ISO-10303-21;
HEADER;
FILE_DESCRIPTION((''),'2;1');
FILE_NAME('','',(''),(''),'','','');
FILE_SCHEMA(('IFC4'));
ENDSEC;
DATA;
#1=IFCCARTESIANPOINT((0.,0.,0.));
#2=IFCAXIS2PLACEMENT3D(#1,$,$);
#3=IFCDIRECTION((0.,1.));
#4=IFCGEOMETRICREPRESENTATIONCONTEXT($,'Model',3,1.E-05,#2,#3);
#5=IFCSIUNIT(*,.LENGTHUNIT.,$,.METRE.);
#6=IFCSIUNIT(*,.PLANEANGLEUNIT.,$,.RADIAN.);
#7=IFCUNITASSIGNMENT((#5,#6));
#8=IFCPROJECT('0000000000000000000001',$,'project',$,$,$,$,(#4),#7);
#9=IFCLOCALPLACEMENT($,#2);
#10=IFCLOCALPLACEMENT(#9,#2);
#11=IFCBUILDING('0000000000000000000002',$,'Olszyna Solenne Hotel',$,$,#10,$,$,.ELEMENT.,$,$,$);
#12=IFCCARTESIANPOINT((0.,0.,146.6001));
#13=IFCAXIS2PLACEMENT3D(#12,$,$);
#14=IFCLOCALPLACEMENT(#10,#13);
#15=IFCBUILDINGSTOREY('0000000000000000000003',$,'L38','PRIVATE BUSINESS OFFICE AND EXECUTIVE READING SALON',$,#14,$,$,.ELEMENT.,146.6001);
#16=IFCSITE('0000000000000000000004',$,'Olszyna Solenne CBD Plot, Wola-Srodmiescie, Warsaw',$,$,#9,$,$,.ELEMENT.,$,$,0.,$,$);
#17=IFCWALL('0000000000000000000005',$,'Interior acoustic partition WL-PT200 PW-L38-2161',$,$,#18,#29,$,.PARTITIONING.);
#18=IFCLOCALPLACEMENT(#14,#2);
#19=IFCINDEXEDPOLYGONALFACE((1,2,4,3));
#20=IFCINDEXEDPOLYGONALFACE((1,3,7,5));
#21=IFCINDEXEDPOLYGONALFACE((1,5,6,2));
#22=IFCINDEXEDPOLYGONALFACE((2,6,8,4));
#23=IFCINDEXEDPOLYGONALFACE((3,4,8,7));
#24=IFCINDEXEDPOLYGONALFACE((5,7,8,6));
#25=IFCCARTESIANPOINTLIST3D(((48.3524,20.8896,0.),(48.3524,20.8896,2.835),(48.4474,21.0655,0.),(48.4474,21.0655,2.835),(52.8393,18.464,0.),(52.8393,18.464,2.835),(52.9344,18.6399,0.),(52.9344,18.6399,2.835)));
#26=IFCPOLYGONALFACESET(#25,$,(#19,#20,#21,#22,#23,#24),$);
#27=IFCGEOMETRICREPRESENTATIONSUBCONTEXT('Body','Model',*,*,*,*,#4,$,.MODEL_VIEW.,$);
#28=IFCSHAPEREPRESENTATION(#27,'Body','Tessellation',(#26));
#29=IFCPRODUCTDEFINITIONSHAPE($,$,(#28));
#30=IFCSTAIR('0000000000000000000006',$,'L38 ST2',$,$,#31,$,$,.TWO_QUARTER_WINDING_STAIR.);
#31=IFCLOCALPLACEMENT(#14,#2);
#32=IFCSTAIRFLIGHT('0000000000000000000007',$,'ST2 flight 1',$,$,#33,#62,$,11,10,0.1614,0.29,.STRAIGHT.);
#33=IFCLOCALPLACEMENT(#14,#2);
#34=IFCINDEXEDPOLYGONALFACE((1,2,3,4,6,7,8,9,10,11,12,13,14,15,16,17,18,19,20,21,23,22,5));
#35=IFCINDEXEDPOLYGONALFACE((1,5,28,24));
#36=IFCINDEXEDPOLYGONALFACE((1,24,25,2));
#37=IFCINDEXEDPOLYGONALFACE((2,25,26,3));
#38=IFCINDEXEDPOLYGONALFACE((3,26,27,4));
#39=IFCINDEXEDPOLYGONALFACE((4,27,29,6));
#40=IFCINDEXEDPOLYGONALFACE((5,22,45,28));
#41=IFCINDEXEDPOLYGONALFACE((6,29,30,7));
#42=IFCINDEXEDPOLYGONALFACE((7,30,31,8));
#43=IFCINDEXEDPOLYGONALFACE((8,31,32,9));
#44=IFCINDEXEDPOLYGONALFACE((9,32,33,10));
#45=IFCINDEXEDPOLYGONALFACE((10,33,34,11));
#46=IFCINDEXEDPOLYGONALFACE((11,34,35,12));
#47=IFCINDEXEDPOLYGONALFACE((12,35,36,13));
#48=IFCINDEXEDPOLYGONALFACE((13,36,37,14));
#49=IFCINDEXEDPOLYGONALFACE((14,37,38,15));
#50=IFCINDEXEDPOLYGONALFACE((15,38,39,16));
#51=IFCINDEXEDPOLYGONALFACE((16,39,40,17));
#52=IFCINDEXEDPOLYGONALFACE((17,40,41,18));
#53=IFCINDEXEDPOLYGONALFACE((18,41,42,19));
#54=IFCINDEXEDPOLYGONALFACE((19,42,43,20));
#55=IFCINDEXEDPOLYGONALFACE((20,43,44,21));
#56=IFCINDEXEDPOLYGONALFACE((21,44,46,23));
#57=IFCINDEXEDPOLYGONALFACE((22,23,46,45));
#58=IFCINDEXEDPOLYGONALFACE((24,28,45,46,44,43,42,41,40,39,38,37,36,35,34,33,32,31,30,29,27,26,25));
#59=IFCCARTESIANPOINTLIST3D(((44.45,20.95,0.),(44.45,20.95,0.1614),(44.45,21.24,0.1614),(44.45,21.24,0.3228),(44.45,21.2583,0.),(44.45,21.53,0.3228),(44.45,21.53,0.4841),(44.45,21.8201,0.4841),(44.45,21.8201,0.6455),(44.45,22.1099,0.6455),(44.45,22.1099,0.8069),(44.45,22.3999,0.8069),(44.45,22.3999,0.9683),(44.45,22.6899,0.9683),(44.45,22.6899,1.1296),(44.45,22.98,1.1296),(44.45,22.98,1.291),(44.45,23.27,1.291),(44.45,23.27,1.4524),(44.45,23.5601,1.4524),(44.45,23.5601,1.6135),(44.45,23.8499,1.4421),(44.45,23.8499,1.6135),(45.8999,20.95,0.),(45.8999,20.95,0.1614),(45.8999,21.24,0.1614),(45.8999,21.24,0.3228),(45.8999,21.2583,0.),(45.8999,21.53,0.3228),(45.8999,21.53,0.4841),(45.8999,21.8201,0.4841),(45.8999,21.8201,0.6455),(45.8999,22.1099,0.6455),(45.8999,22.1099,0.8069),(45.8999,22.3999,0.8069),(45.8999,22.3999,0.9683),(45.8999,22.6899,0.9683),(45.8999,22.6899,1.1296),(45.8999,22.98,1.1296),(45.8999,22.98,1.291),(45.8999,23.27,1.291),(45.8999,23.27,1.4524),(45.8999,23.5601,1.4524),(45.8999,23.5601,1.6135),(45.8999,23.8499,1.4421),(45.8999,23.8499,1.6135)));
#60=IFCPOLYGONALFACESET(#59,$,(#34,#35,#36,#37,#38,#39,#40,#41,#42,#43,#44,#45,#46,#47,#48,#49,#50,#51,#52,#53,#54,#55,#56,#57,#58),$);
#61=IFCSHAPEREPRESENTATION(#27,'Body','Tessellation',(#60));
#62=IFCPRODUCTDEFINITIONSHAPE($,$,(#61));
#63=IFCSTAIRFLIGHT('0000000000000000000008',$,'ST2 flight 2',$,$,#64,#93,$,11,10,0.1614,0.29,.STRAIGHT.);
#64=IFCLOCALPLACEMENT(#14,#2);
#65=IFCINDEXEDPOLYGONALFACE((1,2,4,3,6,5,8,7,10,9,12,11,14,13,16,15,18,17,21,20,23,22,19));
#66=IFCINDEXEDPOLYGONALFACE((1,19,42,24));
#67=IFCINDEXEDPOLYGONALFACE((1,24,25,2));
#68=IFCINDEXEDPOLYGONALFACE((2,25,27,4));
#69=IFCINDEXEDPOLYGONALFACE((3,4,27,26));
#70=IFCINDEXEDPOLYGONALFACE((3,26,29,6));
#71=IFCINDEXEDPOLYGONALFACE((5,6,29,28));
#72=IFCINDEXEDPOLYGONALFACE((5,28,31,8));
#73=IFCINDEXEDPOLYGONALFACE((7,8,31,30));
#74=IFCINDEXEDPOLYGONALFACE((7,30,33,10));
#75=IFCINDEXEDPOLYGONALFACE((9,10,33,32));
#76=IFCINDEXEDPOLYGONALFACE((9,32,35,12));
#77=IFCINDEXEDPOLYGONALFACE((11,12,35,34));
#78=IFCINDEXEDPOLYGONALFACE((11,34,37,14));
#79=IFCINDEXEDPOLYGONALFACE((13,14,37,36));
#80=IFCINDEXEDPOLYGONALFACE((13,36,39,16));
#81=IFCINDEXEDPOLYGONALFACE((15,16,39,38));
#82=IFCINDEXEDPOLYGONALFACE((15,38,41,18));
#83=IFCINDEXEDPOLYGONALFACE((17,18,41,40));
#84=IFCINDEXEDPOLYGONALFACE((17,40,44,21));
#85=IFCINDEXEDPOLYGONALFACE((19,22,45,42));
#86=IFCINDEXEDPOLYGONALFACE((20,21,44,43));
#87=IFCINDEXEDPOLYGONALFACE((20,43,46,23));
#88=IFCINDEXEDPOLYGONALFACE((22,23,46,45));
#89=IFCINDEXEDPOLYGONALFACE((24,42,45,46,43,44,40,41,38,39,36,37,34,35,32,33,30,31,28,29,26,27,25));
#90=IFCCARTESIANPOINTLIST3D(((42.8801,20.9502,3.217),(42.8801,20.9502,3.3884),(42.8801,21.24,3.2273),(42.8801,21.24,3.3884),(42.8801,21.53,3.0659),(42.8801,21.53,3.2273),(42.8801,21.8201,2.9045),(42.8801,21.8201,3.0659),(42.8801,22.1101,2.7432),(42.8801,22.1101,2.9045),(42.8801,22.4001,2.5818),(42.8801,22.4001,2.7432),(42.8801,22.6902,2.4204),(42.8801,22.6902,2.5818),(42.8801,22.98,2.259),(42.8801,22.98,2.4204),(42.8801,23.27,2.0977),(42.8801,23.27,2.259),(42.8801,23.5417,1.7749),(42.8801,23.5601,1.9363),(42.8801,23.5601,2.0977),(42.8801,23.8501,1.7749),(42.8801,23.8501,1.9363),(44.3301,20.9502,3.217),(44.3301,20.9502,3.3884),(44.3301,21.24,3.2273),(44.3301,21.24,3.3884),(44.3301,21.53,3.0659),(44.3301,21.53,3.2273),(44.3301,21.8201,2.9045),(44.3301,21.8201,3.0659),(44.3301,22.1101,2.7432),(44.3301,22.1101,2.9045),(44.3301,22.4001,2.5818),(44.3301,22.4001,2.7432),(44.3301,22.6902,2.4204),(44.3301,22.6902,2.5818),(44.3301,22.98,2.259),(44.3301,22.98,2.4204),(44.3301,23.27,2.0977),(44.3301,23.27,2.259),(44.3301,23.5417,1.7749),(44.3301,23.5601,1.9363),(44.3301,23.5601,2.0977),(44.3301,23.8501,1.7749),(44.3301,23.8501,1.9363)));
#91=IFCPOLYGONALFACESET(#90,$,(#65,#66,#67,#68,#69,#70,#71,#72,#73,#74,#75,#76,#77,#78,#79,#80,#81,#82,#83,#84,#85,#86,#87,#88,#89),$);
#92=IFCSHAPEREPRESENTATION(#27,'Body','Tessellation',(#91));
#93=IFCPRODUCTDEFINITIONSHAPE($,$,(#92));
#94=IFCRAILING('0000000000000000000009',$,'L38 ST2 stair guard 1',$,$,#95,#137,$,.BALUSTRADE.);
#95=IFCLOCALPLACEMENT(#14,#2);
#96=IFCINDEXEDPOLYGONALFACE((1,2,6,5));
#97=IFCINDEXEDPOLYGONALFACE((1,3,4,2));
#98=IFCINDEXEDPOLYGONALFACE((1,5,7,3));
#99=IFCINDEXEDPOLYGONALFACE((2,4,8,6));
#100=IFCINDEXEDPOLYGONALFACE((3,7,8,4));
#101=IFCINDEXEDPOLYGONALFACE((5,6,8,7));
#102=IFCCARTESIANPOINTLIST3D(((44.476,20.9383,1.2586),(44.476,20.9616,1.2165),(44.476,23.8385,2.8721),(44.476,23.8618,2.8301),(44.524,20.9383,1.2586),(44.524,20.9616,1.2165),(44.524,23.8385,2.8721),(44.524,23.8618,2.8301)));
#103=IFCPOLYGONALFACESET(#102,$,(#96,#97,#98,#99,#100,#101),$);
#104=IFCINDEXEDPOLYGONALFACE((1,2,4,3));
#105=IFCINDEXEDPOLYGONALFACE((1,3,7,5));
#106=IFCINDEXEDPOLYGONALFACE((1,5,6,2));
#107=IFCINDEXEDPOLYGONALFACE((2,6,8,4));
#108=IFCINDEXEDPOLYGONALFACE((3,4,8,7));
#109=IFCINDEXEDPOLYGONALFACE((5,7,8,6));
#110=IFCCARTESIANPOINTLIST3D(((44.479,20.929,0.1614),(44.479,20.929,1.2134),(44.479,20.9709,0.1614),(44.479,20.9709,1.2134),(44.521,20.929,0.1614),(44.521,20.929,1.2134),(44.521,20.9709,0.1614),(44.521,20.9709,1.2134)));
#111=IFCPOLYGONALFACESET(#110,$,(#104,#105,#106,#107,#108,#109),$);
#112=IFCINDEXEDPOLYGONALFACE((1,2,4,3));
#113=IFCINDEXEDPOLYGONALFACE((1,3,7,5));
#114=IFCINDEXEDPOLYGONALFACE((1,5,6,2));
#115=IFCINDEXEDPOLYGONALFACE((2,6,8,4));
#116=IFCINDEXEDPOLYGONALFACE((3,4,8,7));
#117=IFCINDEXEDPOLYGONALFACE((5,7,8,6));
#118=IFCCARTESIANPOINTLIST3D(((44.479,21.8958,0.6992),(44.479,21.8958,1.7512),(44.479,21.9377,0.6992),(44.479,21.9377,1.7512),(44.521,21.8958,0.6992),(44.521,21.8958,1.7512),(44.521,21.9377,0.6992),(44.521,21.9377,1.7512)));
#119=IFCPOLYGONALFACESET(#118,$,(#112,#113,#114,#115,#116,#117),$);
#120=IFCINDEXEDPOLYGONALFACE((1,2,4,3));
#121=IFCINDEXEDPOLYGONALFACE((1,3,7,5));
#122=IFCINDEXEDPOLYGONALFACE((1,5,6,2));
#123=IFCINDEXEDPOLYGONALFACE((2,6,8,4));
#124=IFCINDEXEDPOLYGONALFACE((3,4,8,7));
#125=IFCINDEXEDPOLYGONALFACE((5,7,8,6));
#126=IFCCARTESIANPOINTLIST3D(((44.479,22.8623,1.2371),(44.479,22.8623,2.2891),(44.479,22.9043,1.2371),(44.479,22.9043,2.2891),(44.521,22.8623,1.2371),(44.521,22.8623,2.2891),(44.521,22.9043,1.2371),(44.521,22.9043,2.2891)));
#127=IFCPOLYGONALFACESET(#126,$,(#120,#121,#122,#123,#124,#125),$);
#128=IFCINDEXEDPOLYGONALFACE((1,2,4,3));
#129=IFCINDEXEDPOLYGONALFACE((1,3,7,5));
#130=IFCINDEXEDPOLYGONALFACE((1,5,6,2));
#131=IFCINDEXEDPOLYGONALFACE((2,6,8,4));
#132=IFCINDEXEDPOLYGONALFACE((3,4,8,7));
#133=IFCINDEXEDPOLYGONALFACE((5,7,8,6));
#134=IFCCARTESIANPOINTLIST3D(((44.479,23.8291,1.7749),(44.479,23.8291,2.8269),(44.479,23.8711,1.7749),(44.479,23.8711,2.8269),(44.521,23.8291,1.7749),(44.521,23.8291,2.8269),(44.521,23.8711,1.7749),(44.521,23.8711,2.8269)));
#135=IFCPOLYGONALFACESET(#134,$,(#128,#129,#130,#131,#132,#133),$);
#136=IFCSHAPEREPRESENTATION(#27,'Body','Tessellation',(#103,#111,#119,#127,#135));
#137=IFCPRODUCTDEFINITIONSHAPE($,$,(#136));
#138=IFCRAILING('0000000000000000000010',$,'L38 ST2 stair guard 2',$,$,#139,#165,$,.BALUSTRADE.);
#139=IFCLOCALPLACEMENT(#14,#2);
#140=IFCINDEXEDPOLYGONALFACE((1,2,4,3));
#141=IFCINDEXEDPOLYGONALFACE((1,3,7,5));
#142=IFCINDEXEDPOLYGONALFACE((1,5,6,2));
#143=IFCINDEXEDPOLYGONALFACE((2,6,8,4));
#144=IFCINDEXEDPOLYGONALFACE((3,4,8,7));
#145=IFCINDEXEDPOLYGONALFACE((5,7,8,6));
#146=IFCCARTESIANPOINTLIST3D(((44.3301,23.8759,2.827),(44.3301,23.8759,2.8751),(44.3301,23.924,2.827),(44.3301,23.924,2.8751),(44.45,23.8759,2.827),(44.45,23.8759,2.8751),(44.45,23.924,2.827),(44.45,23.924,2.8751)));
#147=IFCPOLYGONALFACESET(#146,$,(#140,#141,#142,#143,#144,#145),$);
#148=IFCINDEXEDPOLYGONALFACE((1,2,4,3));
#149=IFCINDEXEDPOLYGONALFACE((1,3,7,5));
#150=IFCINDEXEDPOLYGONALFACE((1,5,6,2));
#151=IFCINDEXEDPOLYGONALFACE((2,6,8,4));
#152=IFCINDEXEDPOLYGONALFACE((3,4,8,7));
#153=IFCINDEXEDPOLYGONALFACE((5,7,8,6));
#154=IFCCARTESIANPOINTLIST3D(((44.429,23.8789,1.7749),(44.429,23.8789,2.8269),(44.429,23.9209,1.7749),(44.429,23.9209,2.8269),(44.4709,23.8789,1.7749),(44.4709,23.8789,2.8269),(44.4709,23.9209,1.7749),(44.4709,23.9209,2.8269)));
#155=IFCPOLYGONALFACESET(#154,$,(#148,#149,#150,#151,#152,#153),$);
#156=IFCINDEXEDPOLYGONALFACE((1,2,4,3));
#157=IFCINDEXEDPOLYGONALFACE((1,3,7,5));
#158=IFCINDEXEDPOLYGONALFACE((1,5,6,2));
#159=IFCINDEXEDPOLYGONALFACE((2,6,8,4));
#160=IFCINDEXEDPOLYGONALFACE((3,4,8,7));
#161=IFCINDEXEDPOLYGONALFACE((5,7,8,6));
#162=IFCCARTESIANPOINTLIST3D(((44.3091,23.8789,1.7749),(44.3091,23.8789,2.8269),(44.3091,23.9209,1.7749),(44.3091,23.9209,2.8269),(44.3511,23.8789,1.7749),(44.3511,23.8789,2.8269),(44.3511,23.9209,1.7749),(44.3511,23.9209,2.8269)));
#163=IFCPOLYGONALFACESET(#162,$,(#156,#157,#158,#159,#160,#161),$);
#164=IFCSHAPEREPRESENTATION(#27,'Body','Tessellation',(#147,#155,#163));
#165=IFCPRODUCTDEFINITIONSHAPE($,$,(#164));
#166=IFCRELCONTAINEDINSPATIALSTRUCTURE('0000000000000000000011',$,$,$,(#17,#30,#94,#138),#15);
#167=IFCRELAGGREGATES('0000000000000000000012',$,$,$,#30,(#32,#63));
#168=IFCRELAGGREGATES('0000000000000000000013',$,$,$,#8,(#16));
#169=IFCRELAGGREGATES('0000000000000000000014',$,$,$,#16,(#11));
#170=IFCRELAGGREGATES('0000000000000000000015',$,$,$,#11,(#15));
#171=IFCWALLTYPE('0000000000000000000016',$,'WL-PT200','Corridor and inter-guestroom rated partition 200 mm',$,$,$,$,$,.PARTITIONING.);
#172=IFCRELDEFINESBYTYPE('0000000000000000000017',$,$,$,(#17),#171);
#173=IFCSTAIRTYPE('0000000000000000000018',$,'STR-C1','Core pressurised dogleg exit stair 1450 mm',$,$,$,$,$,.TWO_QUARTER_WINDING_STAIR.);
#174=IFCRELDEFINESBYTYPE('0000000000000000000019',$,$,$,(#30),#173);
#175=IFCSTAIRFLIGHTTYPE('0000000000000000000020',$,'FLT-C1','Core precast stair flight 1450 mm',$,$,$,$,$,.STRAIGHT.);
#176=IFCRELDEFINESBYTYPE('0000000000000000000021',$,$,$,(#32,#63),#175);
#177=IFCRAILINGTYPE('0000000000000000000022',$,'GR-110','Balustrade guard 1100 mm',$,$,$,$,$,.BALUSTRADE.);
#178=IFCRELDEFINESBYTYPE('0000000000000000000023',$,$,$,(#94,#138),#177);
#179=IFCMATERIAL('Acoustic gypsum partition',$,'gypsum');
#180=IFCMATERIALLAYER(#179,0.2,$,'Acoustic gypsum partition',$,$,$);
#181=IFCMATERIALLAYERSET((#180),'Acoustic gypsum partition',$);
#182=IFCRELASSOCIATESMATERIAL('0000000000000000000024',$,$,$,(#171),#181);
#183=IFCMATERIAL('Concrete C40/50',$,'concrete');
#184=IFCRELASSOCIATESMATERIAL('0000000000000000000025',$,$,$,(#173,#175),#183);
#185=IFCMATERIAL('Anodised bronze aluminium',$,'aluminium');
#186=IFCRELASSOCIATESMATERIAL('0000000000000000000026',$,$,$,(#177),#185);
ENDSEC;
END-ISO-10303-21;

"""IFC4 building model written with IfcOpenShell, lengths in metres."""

from ifc_helpers import new_model, si_unit, direction, frame, frame_2d, origin, origin_2d, place, context, subcontext, project, spatial, polyline, rectangle, outline, extrude, material, layer, layer_set, type_object, element, aggregate, save


model = new_model("IFC4")

# Units and contexts
model_context = context("Model", 3, precision=1e-05, world=origin(), true_north=direction((0.0, 1.0)))
body_context = subcontext(model_context, "Body", "Model", "MODEL_VIEW")
ifc_project = project(units=[si_unit("LENGTHUNIT", "METRE"), si_unit("PLANEANGLEUNIT", "RADIAN")], contexts=[model_context])

# Site, building, storey
site_placement = place(None, origin())
site = spatial("IfcSite", under=ifc_project, at=site_placement, Name="Olszyna Solenne CBD Plot, Wola-Srodmiescie, Warsaw", CompositionType="ELEMENT", RefElevation=0.0)
building_placement = place(site_placement, origin())
building = spatial("IfcBuilding", under=site, at=building_placement, Name="Olszyna Solenne Hotel", CompositionType="ELEMENT")
storey_placement = place(building_placement, frame((0.0, 0.0, 146.6001)))
storey = spatial("IfcBuildingStorey", under=building, at=storey_placement, Name="L38", Description="PRIVATE BUSINESS OFFICE AND EXECUTIVE READING SALON", CompositionType="ELEMENT", Elevation=146.6001)

# Shared definitions
ifc_material_1 = material(Name="Acoustic gypsum partition", Category="gypsum")

# Wall
ifc_layer_1 = layer(ifc_material_1, 0.2, Name="Acoustic gypsum partition")
ifc_layer_set_1 = layer_set([ifc_layer_1], Name="Acoustic gypsum partition")
wall_type_1 = type_object("IfcWallType", Name="WL-PT200", Description="Corridor and inter-guestroom rated partition 200 mm", PredefinedType="PARTITIONING", material=ifc_layer_set_1)
wall_1_placement = place(storey_placement, frame((48.3999, 20.9775, 0.0), z_axis=(0.0, 0.0, 1.0), x_axis=(0.879688, -0.475552, 0.0)))
element("IfcWall", 1, at=wall_1_placement, inside=storey, type_object=wall_type_1, Name="Interior acoustic partition WL-PT200 PW-L38-2161", PredefinedType="PARTITIONING", context=body_context, shape_type="SweptSolid", body=[
    extrude(rectangle(XDim=5.1006, YDim=0.2, at=frame_2d((2.5503, 0.0))), origin(), (0.0, 0.0, 1.0), 2.835),
])

# Stair, stair flights
ifc_material_2 = material(Name="Concrete C40/50", Category="concrete")
stair_type = type_object("IfcStairType", Name="STR-C1", Description="Core pressurised dogleg exit stair 1450 mm", PredefinedType="TWO_QUARTER_WINDING_STAIR", material=ifc_material_2)
stair_placement = place(storey_placement, origin())
stair = element("IfcStair", 2, at=stair_placement, inside=storey, type_object=stair_type, Name="L38 ST2", PredefinedType="TWO_QUARTER_WINDING_STAIR")
stair_flight_type = type_object("IfcStairFlightType", Name="FLT-C1", Description="Core precast stair flight 1450 mm", PredefinedType="STRAIGHT", material=ifc_material_2)
stair_flight_1_placement = place(storey_placement, frame((45.175, 20.95, 0.0), z_axis=(0.0, 0.0, 1.0), x_axis=(0.0, 1.0, 0.0)))
stair_flight_1 = element("IfcStairFlight", 3, at=stair_flight_1_placement, type_object=stair_flight_type, Name="ST2 flight 1", NumberOfRisers=11, NumberOfTreads=10, PredefinedType="STRAIGHT", RiserHeight=0.1614, TreadLength=0.29, context=body_context, shape_type="SweptSolid", body=[
    extrude(outline(polyline([(0.0, 0.0), (0.0, 0.1614), (0.29, 0.1614), (0.29, 0.3228), (0.5801, 0.3228), (0.5801, 0.4841), (0.8701, 0.4841), (0.8701, 0.6455), (1.1599, 0.6455), (1.1599, 0.8069), (1.45, 0.8069), (1.45, 0.9683), (1.74, 0.9683), (1.74, 1.1296), (2.03, 1.1296), (2.03, 1.291), (2.3201, 1.291), (2.3201, 1.4524), (2.6101, 1.4524), (2.6101, 1.6135), (2.8999, 1.6135), (2.8999, 1.7749), (2.8999, 1.4421), (0.3083, 0.0), (0.0, 0.0)])), frame((0.0, 0.7251, 0.0), z_axis=(0.0, -1.0, 0.0), x_axis=(1.0, 0.0, 0.0)), (0.0, 0.0, 1.0), 1.45),
])
stair_flight_2_placement = place(storey_placement, frame((43.605, 23.8501, 1.7749), z_axis=(0.0, 0.0, 1.0), x_axis=(0.0, -1.0, 0.0)))
stair_flight_2 = element("IfcStairFlight", 4, at=stair_flight_2_placement, type_object=stair_flight_type, Name="ST2 flight 2", NumberOfRisers=11, NumberOfTreads=10, PredefinedType="STRAIGHT", RiserHeight=0.1614, TreadLength=0.29, context=body_context, shape_type="SweptSolid", body=[
    extrude(outline(polyline([(0.0, 0.0), (0.0, 0.1614), (0.29, 0.1614), (0.29, 0.3228), (0.5801, 0.3228), (0.5801, 0.4841), (0.8701, 0.4841), (0.8701, 0.6455), (1.1599, 0.6455), (1.1599, 0.8069), (1.45, 0.8069), (1.45, 0.9683), (1.74, 0.9683), (1.74, 1.1296), (2.03, 1.1296), (2.03, 1.291), (2.3201, 1.291), (2.3201, 1.4524), (2.6101, 1.4524), (2.6101, 1.6135), (2.8999, 1.6135), (2.8999, 1.7749), (2.8999, 1.4421), (0.3083, 0.0), (0.0, 0.0)])), frame((0.0, 0.7251, 0.0), z_axis=(0.0, -1.0, 0.0), x_axis=(1.0, 0.0, 0.0)), (0.0, 0.0, 1.0), 1.45),
])
aggregate(stair, [stair_flight_1, stair_flight_2])

# Railings
ifc_material_3 = material(Name="Anodised bronze aluminium", Category="aluminium")
railing_type_1 = type_object("IfcRailingType", Name="GR-110", Description="Balustrade guard 1100 mm", PredefinedType="BALUSTRADE", material=ifc_material_3)
railing_1_placement = place(storey_placement, frame((44.5, 20.95, 0.1614)))
element("IfcRailing", 5, at=railing_1_placement, inside=storey, type_object=railing_type_1, Name="L38 ST2 stair guard 1", PredefinedType="BALUSTRADE", context=body_context, shape_type="SweptSolid", body=[
    extrude(rectangle(XDim=0.0481, YDim=0.0481, at=origin_2d()), frame((0.0, 0.0, 1.0762), z_axis=(0.0, 0.873859, 0.48618), x_axis=(-1.0, 0.0, 0.0)), (0.0, 0.0, 1.0), 3.3188),
    extrude(rectangle(XDim=0.042, YDim=0.042, at=origin_2d()), origin(), (0.0, 0.0, 1.0), 1.052),
    extrude(rectangle(XDim=0.042, YDim=0.042, at=origin_2d()), frame((0.0, 0.9668, 0.5378)), (0.0, 0.0, 1.0), 1.052),
    extrude(rectangle(XDim=0.042, YDim=0.042, at=origin_2d()), frame((0.0, 1.9333, 1.0757)), (0.0, 0.0, 1.0), 1.052),
    extrude(rectangle(XDim=0.042, YDim=0.042, at=origin_2d()), frame((0.0, 2.9001, 1.6135)), (0.0, 0.0, 1.0), 1.052),
])
railing_2_placement = place(storey_placement, frame((44.45, 23.8999, 1.7749)))
element("IfcRailing", 6, at=railing_2_placement, inside=storey, type_object=railing_type_1, Name="L38 ST2 stair guard 2", PredefinedType="BALUSTRADE", context=body_context, shape_type="SweptSolid", body=[
    extrude(rectangle(XDim=0.0481, YDim=0.0481, at=origin_2d()), frame((0.0, 0.0, 1.0762), z_axis=(-1.0, 0.0, 0.0), x_axis=(0.0, -1.0, 0.0)), (0.0, 0.0, 1.0), 0.1199),
    extrude(rectangle(XDim=0.042, YDim=0.042, at=origin_2d()), origin(), (0.0, 0.0, 1.0), 1.052),
    extrude(rectangle(XDim=0.042, YDim=0.042, at=origin_2d()), frame((-0.1199, 0.0, 0.0)), (0.0, 0.0, 1.0), 1.052),
])

save(model, "model.ifc")
